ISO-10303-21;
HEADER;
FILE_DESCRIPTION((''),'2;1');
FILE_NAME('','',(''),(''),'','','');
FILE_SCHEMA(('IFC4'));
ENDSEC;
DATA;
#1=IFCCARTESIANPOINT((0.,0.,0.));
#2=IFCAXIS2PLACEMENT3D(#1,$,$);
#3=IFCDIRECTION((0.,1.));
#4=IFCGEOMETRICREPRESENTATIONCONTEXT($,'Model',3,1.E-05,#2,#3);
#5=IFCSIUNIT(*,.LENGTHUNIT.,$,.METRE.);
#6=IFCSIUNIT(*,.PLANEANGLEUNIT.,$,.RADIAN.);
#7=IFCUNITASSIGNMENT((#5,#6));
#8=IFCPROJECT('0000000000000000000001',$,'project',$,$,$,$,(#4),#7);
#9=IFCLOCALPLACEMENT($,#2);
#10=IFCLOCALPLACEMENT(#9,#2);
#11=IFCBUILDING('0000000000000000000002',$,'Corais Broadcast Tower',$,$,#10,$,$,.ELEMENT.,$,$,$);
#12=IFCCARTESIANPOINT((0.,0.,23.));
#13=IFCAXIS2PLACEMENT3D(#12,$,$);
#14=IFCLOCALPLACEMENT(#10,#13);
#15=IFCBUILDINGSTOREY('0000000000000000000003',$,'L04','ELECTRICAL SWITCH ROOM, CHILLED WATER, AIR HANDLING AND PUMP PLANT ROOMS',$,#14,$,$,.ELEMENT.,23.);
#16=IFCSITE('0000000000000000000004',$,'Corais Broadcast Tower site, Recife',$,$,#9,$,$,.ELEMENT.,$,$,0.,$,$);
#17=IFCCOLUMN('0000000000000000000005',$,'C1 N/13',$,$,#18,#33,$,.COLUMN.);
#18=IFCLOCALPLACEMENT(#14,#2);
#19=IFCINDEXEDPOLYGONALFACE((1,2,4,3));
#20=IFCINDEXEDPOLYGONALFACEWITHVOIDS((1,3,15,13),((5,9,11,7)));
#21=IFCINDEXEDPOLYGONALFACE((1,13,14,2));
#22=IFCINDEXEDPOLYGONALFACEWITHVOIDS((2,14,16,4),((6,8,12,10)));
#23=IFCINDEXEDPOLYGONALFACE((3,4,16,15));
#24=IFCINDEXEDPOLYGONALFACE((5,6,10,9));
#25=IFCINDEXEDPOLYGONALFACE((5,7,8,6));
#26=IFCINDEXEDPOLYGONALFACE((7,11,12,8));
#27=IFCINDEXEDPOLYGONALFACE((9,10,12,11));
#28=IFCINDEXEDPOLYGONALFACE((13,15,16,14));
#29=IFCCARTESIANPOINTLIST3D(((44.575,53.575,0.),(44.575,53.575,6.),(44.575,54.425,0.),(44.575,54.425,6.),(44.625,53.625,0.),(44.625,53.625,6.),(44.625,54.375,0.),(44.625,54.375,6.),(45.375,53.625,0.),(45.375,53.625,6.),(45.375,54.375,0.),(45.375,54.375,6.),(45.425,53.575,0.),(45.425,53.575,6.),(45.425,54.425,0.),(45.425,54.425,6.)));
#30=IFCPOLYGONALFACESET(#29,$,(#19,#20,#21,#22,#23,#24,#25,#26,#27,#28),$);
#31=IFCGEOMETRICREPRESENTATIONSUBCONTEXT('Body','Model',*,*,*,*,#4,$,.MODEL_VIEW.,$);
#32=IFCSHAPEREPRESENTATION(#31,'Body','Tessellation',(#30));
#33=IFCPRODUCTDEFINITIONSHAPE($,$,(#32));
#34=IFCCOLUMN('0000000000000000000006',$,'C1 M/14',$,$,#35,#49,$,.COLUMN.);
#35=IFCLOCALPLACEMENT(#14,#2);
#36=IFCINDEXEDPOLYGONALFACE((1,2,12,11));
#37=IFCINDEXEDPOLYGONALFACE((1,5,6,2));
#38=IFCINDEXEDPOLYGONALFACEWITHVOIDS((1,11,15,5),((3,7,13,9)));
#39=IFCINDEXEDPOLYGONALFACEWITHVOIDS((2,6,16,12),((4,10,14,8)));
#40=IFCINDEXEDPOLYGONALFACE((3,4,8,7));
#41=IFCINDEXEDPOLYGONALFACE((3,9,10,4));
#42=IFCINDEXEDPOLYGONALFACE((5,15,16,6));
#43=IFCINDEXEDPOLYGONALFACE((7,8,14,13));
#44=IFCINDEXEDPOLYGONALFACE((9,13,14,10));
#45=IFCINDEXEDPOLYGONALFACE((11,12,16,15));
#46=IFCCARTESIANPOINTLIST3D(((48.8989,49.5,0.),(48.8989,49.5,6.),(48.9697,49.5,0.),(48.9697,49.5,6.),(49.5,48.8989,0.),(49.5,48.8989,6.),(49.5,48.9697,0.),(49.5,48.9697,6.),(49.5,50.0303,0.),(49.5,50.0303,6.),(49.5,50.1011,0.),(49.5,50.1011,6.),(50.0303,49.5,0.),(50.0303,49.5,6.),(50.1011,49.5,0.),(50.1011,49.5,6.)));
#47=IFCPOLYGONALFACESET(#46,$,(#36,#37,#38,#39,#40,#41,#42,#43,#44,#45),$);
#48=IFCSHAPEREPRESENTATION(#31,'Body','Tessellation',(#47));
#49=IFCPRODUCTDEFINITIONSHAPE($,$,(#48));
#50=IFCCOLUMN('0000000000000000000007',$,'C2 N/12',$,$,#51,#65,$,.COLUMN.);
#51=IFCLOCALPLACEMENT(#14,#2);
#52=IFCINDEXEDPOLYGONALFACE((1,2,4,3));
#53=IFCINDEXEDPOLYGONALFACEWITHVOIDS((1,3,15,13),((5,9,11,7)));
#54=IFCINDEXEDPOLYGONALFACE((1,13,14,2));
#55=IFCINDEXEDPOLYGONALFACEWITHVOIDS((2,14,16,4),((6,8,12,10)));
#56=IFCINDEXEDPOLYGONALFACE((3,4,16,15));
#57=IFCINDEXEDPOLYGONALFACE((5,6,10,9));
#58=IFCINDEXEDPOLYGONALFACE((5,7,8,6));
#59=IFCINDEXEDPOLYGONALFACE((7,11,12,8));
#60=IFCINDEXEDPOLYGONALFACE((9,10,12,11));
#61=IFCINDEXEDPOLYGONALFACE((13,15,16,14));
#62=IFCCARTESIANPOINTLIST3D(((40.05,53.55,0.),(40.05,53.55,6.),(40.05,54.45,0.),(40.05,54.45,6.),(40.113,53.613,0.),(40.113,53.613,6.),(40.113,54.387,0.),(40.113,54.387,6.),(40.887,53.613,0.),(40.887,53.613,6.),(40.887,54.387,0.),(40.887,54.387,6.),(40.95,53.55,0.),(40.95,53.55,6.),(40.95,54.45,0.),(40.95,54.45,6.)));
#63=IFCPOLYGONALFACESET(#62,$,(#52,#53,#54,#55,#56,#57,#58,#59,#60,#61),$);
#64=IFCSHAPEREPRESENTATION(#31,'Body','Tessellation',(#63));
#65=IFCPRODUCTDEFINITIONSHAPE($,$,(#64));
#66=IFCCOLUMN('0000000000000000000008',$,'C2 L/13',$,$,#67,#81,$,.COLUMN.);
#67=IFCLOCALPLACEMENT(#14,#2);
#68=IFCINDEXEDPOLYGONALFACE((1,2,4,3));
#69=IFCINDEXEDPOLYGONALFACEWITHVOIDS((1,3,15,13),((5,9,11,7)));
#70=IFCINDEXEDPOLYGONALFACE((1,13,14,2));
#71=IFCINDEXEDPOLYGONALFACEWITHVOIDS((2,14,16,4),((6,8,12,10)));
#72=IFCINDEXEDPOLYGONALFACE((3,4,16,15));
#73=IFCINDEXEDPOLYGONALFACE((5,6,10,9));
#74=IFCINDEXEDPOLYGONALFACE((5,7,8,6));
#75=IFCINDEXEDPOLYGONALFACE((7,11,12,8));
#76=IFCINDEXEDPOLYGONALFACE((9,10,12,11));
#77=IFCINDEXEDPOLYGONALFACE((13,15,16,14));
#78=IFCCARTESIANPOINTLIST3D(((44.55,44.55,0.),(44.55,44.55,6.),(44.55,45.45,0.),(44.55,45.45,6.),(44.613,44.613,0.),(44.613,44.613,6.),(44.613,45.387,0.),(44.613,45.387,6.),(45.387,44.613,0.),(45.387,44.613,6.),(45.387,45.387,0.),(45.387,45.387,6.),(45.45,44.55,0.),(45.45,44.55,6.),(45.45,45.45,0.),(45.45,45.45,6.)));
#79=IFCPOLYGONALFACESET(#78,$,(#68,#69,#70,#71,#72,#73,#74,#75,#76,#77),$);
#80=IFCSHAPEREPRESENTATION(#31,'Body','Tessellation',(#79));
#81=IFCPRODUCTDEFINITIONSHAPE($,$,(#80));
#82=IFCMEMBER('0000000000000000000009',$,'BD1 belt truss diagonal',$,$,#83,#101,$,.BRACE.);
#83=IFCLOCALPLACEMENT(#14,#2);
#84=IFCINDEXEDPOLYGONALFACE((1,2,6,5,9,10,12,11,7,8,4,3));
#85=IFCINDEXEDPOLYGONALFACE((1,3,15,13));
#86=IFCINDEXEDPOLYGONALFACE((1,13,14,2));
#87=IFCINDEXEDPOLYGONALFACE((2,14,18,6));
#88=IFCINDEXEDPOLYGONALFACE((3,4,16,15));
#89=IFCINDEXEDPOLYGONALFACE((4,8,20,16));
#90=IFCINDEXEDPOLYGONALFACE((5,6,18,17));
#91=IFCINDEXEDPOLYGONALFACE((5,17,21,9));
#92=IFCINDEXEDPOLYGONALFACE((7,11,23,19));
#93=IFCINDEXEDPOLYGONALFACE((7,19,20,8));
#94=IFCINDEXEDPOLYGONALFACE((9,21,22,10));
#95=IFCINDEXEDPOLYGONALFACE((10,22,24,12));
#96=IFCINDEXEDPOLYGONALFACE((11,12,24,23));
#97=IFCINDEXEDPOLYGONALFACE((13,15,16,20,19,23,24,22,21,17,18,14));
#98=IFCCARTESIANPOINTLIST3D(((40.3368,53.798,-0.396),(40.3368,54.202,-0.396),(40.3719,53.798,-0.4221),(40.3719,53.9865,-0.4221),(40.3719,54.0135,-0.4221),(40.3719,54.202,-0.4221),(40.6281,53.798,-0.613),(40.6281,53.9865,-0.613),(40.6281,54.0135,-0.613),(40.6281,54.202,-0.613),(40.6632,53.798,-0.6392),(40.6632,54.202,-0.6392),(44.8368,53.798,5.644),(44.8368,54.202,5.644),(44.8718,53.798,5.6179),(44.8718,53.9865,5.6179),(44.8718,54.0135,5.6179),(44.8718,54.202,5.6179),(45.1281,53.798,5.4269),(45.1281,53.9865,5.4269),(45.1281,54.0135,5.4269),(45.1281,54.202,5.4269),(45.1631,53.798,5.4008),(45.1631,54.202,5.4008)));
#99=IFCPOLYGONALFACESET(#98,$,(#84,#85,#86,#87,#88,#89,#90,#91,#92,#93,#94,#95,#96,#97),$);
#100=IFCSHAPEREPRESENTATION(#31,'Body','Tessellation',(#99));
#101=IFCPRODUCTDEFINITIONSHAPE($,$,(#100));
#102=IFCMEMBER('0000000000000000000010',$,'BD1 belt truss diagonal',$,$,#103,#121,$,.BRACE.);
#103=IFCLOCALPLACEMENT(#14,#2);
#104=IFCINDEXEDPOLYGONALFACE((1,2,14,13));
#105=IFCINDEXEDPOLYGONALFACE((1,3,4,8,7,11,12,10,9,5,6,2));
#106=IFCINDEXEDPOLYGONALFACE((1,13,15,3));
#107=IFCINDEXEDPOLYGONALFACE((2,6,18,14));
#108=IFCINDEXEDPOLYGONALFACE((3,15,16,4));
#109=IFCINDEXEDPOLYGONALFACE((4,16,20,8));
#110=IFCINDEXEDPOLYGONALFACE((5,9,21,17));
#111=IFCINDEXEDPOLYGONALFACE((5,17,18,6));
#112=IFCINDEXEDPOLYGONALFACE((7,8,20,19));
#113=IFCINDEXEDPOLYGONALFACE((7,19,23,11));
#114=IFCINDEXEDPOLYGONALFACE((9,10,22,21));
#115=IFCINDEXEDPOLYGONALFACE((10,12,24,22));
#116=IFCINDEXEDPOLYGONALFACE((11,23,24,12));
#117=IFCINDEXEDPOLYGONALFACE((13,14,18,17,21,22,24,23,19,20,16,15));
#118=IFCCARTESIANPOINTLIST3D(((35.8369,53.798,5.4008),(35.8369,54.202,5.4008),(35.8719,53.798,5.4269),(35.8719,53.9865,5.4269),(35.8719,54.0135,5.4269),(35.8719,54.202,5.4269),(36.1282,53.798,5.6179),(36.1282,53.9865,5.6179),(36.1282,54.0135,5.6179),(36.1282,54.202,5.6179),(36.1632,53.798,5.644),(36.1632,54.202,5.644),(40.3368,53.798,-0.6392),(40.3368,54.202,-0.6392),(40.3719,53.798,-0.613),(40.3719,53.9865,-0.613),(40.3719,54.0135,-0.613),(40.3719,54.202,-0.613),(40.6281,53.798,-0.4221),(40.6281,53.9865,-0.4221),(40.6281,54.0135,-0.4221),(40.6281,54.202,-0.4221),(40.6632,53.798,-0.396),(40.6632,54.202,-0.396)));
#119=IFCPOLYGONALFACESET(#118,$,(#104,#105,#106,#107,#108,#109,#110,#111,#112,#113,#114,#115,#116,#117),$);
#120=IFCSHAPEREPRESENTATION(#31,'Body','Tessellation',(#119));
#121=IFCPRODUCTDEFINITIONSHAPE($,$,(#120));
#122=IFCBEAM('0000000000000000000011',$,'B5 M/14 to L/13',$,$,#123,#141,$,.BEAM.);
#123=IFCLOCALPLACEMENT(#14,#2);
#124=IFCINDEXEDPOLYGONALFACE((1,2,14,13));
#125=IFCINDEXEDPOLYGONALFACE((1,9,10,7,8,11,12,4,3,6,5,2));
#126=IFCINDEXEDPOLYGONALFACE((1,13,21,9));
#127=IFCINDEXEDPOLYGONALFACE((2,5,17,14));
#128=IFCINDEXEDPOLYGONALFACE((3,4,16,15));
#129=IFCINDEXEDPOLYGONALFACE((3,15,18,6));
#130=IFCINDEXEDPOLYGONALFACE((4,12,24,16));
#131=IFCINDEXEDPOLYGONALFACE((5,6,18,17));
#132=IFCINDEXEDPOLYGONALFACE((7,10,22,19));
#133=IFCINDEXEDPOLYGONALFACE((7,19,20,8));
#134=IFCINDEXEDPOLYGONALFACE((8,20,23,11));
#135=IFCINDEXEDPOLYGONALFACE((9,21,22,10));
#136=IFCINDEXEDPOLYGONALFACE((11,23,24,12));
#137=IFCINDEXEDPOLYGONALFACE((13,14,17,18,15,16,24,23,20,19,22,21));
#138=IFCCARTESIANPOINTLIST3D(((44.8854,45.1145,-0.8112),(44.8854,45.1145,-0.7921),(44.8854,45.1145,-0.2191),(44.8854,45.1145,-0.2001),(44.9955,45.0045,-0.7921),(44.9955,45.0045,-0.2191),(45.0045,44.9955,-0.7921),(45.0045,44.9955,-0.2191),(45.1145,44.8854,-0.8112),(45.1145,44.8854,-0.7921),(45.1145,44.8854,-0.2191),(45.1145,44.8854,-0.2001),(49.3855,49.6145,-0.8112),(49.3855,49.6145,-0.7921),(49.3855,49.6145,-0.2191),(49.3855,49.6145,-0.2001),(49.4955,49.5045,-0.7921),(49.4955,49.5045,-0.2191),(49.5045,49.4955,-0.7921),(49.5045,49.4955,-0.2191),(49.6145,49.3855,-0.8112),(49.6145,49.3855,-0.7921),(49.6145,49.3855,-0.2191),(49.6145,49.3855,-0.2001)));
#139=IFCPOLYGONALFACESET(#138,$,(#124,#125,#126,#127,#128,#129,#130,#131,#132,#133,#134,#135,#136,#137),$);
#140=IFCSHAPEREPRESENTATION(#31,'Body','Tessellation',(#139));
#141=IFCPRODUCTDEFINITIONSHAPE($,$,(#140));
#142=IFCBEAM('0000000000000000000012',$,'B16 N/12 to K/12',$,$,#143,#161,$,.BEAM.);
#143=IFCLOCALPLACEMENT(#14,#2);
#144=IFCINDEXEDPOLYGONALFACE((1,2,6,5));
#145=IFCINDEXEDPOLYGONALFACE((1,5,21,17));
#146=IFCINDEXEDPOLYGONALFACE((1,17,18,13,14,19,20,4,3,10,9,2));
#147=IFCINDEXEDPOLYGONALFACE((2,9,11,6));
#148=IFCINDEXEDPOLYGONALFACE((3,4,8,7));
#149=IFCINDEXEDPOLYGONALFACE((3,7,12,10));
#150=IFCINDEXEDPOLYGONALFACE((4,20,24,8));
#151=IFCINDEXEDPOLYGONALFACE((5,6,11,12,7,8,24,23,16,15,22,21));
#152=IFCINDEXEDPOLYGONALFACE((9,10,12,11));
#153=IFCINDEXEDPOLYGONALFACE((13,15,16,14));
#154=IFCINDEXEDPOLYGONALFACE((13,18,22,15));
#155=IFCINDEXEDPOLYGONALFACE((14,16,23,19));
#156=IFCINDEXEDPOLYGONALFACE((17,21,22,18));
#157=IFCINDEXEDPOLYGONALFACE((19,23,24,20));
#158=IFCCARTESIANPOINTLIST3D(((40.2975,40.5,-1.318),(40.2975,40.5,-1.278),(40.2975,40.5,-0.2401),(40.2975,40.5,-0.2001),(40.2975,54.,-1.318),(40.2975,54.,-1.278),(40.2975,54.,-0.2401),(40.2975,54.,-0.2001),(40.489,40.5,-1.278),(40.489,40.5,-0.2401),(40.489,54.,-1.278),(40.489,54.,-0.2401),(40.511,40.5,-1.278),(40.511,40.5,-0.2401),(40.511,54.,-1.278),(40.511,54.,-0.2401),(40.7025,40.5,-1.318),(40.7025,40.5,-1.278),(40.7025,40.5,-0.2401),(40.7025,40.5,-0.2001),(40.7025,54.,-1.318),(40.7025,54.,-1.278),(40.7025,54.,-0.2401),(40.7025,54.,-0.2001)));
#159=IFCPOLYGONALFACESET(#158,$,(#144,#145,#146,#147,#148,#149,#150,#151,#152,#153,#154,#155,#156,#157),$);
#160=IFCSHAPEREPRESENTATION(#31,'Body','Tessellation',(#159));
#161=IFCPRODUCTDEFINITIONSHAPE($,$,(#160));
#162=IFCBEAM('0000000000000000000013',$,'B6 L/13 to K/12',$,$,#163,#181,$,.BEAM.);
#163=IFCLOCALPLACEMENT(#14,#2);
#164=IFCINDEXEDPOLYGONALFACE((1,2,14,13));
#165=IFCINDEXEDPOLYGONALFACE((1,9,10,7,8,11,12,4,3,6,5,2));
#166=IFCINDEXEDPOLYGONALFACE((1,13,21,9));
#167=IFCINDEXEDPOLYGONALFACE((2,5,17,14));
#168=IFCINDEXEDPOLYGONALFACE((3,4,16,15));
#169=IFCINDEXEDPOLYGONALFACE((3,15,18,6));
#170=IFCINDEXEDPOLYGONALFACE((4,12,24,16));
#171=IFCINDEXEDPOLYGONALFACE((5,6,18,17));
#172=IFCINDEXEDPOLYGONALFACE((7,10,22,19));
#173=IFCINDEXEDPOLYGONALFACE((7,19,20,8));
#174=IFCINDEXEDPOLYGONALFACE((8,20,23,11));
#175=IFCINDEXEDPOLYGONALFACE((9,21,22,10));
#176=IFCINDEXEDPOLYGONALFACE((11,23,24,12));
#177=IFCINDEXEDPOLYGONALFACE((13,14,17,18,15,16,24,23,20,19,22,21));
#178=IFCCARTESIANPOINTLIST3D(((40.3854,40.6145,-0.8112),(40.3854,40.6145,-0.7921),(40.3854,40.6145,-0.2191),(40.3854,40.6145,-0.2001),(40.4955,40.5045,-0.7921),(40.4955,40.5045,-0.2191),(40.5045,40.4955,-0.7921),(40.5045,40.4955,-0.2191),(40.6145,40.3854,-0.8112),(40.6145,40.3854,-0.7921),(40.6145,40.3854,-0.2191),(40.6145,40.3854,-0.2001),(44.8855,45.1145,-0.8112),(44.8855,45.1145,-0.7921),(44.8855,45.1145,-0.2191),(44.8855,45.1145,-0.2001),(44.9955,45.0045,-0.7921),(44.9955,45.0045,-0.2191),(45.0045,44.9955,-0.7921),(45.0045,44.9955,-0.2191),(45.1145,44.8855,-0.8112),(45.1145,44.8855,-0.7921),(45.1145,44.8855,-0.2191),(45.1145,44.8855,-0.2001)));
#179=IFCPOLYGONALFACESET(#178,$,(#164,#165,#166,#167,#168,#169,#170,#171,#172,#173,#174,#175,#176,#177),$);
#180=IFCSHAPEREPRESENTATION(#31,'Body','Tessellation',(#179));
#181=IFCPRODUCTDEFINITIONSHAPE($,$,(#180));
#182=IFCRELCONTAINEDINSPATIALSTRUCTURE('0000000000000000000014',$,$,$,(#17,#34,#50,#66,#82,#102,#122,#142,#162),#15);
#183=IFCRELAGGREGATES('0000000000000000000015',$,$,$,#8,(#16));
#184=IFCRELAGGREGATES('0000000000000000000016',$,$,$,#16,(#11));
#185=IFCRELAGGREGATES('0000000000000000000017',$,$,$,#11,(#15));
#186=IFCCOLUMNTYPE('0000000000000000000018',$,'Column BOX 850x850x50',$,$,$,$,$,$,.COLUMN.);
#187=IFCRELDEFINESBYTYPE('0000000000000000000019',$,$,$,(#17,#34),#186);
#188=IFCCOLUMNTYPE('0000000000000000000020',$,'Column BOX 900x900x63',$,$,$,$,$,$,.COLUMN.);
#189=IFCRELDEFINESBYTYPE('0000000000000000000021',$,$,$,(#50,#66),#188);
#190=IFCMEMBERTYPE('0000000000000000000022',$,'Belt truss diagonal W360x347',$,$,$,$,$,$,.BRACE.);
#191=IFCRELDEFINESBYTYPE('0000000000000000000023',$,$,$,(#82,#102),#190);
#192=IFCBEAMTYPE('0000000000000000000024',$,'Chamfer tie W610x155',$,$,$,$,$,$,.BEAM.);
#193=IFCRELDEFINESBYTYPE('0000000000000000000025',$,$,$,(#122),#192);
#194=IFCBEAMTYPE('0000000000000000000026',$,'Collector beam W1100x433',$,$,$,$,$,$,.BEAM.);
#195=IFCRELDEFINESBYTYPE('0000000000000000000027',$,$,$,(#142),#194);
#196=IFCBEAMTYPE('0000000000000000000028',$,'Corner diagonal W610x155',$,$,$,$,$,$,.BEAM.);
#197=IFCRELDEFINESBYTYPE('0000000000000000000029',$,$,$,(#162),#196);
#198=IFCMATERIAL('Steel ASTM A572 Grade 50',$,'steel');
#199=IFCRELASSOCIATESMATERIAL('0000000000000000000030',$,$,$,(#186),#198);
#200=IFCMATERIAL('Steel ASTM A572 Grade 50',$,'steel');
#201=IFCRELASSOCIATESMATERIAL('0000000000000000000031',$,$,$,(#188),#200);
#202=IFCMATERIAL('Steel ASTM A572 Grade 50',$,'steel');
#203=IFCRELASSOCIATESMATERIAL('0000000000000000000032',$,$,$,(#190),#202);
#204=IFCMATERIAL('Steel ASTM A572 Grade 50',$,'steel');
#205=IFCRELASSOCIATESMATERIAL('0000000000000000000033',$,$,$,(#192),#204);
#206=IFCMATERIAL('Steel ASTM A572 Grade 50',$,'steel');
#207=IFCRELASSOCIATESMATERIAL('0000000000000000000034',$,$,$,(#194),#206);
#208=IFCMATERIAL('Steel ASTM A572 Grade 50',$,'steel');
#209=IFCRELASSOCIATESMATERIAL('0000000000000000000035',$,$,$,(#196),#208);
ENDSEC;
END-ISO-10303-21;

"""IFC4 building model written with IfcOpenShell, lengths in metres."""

from ifc_helpers import new_model, si_unit, direction, frame, origin, origin_2d, place, context, subcontext, project, spatial, hollow_rectangle, i_section, extrude, material, material_profile, profile_set, type_object, element, save


model = new_model("IFC4")

# Units and contexts
model_context = context("Model", 3, precision=1e-05, world=origin(), true_north=direction((0.0, 1.0)))
body_context = subcontext(model_context, "Body", "Model", "MODEL_VIEW")
ifc_project = project(units=[si_unit("LENGTHUNIT", "METRE"), si_unit("PLANEANGLEUNIT", "RADIAN")], contexts=[model_context])

# Site, building, storey
site_placement = place(None, origin())
site = spatial("IfcSite", under=ifc_project, at=site_placement, Name="Corais Broadcast Tower site, Recife", CompositionType="ELEMENT", RefElevation=0.0)
building_placement = place(site_placement, origin())
building = spatial("IfcBuilding", under=site, at=building_placement, Name="Corais Broadcast Tower", CompositionType="ELEMENT")
storey_placement = place(building_placement, frame((0.0, 0.0, 23.0)))
storey = spatial("IfcBuildingStorey", under=building, at=storey_placement, Name="L04", Description="ELECTRICAL SWITCH ROOM, CHILLED WATER, AIR HANDLING AND PUMP PLANT ROOMS", CompositionType="ELEMENT", Elevation=23.0)

# Columns
ifc_material_1 = material(Name="Steel ASTM A572 Grade 50", Category="steel")
ifc_material_profile_1 = material_profile(ifc_material_1, hollow_rectangle(XDim=0.8501, YDim=0.8501, WallThickness=0.05, at=origin_2d()), Name="BOX 850x850x50")
ifc_profile_set_1 = profile_set([ifc_material_profile_1], Name="Steel ASTM A572 Grade 50")
column_type_1 = type_object("IfcColumnType", Name="Column BOX 850x850x50", PredefinedType="COLUMN", material=ifc_profile_set_1)
for number, where, z_axis, x_axis, name in (
    (1, (45.0, 54.0, 0.0), (0.0, 0.0, 1.0), (1.0, 0.0, 0.0), "C1 N/13"),
    (2, (49.5, 49.5, 0.0), (0.0, 0.0, 1.0), (0.707107, 0.707107, 0.0), "C1 M/14"),
):
    element("IfcColumn", number, at=place(storey_placement, frame(where, z_axis=z_axis, x_axis=x_axis)), inside=storey, type_object=column_type_1, Name=name, PredefinedType="COLUMN", context=body_context, shape_type="SweptSolid", body=[
        extrude(hollow_rectangle(XDim=0.8501, YDim=0.8501, WallThickness=0.05, at=origin_2d()), origin(), (0.0, 0.0, 1.0), 6.0),
    ])
ifc_material_2 = material(Name="Steel ASTM A572 Grade 50", Category="steel")
ifc_material_profile_2 = material_profile(ifc_material_2, hollow_rectangle(XDim=0.8999, YDim=0.8999, WallThickness=0.063, at=origin_2d()), Name="BOX 900x900x63")
ifc_profile_set_2 = profile_set([ifc_material_profile_2], Name="Steel ASTM A572 Grade 50")
column_type_2 = type_object("IfcColumnType", Name="Column BOX 900x900x63", PredefinedType="COLUMN", material=ifc_profile_set_2)
for number, where, z_axis, x_axis, name in (
    (3, (40.5, 54.0, 0.0), (0.0, 0.0, 1.0), (1.0, 0.0, 0.0), "C2 N/12"),
    (4, (45.0, 45.0, 0.0), (0.0, 0.0, 1.0), (1.0, 0.0, 0.0), "C2 L/13"),
):
    element("IfcColumn", number, at=place(storey_placement, frame(where, z_axis=z_axis, x_axis=x_axis)), inside=storey, type_object=column_type_2, Name=name, PredefinedType="COLUMN", context=body_context, shape_type="SweptSolid", body=[
        extrude(hollow_rectangle(XDim=0.8999, YDim=0.8999, WallThickness=0.063, at=origin_2d()), origin(), (0.0, 0.0, 1.0), 6.0),
    ])

# Members
ifc_material_3 = material(Name="Steel ASTM A572 Grade 50", Category="steel")
ifc_material_profile_3 = material_profile(ifc_material_3, i_section(OverallWidth=0.4041, OverallDepth=0.407, WebThickness=0.0271, FlangeThickness=0.0437, at=origin_2d()), Name="W360x347")
ifc_profile_set_3 = profile_set([ifc_material_profile_3], Name="Steel ASTM A572 Grade 50")
member_type = type_object("IfcMemberType", Name="Belt truss diagonal W360x347", PredefinedType="BRACE", material=ifc_profile_set_3)
for number, where, z_axis, x_axis, name in (
    (5, (40.5, 54.0, -0.5176), (0.597445, 0.0, 0.80191), (0.0, 1.0, 0.0), "BD1 belt truss diagonal"),
    (6, (40.5, 54.0, -0.5176), (-0.597445, 0.0, 0.80191), (0.0, -1.0, 0.0), "BD1 belt truss diagonal"),
):
    element("IfcMember", number, at=place(storey_placement, frame(where, z_axis=z_axis, x_axis=x_axis)), inside=storey, type_object=member_type, Name=name, PredefinedType="BRACE", context=body_context, shape_type="SweptSolid", body=[
        extrude(i_section(OverallWidth=0.4041, OverallDepth=0.407, WebThickness=0.0271, FlangeThickness=0.0437, at=origin_2d()), origin(), (0.0, 0.0, 1.0), 7.532),
    ])

# Beams
ifc_material_4 = material(Name="Steel ASTM A572 Grade 50", Category="steel")
ifc_material_profile_4 = material_profile(ifc_material_4, i_section(OverallWidth=0.324, OverallDepth=0.6111, WebThickness=0.0127, FlangeThickness=0.019, at=origin_2d()), Name="W610x155")
ifc_profile_set_4 = profile_set([ifc_material_profile_4], Name="Steel ASTM A572 Grade 50")
beam_type_1 = type_object("IfcBeamType", Name="Chamfer tie W610x155", PredefinedType="BEAM", material=ifc_profile_set_4)
beam_1_placement = place(storey_placement, frame((49.5, 49.5, -0.5056), z_axis=(-0.707107, -0.707107, 0.0), x_axis=(0.707107, -0.707107, 0.0)))
element("IfcBeam", 7, at=beam_1_placement, inside=storey, type_object=beam_type_1, Name="B5 M/14 to L/13", PredefinedType="BEAM", context=body_context, shape_type="SweptSolid", body=[
    extrude(i_section(OverallWidth=0.324, OverallDepth=0.6111, WebThickness=0.0127, FlangeThickness=0.019, at=origin_2d()), origin(), (0.0, 0.0, 1.0), 6.364),
])
ifc_material_5 = material(Name="Steel ASTM A572 Grade 50", Category="steel")
ifc_material_profile_5 = material_profile(ifc_material_5, i_section(OverallWidth=0.405, OverallDepth=1.1179, WebThickness=0.022, FlangeThickness=0.04, at=origin_2d()), Name="W1100x433")
ifc_profile_set_5 = profile_set([ifc_material_profile_5], Name="Steel ASTM A572 Grade 50")
beam_type_2 = type_object("IfcBeamType", Name="Collector beam W1100x433", PredefinedType="BEAM", material=ifc_profile_set_5)
beam_2_placement = place(storey_placement, frame((40.5, 54.0, -0.759), z_axis=(0.0, -1.0, 0.0), x_axis=(1.0, 0.0, 0.0)))
element("IfcBeam", 8, at=beam_2_placement, inside=storey, type_object=beam_type_2, Name="B16 N/12 to K/12", PredefinedType="BEAM", context=body_context, shape_type="SweptSolid", body=[
    extrude(i_section(OverallWidth=0.405, OverallDepth=1.1179, WebThickness=0.022, FlangeThickness=0.04, at=origin_2d()), origin(), (0.0, 0.0, 1.0), 13.5),
])
ifc_material_6 = material(Name="Steel ASTM A572 Grade 50", Category="steel")
ifc_material_profile_6 = material_profile(ifc_material_6, i_section(OverallWidth=0.324, OverallDepth=0.6111, WebThickness=0.0127, FlangeThickness=0.019, at=origin_2d()), Name="W610x155")
ifc_profile_set_6 = profile_set([ifc_material_profile_6], Name="Steel ASTM A572 Grade 50")
beam_type_3 = type_object("IfcBeamType", Name="Corner diagonal W610x155", PredefinedType="BEAM", material=ifc_profile_set_6)
beam_3_placement = place(storey_placement, frame((45.0, 45.0, -0.5056), z_axis=(-0.707107, -0.707107, 0.0), x_axis=(0.707107, -0.707107, 0.0)))
element("IfcBeam", 9, at=beam_3_placement, inside=storey, type_object=beam_type_3, Name="B6 L/13 to K/12", PredefinedType="BEAM", context=body_context, shape_type="SweptSolid", body=[
    extrude(i_section(OverallWidth=0.324, OverallDepth=0.6111, WebThickness=0.0127, FlangeThickness=0.019, at=origin_2d()), origin(), (0.0, 0.0, 1.0), 6.364),
])

save(model, "model.ifc")
